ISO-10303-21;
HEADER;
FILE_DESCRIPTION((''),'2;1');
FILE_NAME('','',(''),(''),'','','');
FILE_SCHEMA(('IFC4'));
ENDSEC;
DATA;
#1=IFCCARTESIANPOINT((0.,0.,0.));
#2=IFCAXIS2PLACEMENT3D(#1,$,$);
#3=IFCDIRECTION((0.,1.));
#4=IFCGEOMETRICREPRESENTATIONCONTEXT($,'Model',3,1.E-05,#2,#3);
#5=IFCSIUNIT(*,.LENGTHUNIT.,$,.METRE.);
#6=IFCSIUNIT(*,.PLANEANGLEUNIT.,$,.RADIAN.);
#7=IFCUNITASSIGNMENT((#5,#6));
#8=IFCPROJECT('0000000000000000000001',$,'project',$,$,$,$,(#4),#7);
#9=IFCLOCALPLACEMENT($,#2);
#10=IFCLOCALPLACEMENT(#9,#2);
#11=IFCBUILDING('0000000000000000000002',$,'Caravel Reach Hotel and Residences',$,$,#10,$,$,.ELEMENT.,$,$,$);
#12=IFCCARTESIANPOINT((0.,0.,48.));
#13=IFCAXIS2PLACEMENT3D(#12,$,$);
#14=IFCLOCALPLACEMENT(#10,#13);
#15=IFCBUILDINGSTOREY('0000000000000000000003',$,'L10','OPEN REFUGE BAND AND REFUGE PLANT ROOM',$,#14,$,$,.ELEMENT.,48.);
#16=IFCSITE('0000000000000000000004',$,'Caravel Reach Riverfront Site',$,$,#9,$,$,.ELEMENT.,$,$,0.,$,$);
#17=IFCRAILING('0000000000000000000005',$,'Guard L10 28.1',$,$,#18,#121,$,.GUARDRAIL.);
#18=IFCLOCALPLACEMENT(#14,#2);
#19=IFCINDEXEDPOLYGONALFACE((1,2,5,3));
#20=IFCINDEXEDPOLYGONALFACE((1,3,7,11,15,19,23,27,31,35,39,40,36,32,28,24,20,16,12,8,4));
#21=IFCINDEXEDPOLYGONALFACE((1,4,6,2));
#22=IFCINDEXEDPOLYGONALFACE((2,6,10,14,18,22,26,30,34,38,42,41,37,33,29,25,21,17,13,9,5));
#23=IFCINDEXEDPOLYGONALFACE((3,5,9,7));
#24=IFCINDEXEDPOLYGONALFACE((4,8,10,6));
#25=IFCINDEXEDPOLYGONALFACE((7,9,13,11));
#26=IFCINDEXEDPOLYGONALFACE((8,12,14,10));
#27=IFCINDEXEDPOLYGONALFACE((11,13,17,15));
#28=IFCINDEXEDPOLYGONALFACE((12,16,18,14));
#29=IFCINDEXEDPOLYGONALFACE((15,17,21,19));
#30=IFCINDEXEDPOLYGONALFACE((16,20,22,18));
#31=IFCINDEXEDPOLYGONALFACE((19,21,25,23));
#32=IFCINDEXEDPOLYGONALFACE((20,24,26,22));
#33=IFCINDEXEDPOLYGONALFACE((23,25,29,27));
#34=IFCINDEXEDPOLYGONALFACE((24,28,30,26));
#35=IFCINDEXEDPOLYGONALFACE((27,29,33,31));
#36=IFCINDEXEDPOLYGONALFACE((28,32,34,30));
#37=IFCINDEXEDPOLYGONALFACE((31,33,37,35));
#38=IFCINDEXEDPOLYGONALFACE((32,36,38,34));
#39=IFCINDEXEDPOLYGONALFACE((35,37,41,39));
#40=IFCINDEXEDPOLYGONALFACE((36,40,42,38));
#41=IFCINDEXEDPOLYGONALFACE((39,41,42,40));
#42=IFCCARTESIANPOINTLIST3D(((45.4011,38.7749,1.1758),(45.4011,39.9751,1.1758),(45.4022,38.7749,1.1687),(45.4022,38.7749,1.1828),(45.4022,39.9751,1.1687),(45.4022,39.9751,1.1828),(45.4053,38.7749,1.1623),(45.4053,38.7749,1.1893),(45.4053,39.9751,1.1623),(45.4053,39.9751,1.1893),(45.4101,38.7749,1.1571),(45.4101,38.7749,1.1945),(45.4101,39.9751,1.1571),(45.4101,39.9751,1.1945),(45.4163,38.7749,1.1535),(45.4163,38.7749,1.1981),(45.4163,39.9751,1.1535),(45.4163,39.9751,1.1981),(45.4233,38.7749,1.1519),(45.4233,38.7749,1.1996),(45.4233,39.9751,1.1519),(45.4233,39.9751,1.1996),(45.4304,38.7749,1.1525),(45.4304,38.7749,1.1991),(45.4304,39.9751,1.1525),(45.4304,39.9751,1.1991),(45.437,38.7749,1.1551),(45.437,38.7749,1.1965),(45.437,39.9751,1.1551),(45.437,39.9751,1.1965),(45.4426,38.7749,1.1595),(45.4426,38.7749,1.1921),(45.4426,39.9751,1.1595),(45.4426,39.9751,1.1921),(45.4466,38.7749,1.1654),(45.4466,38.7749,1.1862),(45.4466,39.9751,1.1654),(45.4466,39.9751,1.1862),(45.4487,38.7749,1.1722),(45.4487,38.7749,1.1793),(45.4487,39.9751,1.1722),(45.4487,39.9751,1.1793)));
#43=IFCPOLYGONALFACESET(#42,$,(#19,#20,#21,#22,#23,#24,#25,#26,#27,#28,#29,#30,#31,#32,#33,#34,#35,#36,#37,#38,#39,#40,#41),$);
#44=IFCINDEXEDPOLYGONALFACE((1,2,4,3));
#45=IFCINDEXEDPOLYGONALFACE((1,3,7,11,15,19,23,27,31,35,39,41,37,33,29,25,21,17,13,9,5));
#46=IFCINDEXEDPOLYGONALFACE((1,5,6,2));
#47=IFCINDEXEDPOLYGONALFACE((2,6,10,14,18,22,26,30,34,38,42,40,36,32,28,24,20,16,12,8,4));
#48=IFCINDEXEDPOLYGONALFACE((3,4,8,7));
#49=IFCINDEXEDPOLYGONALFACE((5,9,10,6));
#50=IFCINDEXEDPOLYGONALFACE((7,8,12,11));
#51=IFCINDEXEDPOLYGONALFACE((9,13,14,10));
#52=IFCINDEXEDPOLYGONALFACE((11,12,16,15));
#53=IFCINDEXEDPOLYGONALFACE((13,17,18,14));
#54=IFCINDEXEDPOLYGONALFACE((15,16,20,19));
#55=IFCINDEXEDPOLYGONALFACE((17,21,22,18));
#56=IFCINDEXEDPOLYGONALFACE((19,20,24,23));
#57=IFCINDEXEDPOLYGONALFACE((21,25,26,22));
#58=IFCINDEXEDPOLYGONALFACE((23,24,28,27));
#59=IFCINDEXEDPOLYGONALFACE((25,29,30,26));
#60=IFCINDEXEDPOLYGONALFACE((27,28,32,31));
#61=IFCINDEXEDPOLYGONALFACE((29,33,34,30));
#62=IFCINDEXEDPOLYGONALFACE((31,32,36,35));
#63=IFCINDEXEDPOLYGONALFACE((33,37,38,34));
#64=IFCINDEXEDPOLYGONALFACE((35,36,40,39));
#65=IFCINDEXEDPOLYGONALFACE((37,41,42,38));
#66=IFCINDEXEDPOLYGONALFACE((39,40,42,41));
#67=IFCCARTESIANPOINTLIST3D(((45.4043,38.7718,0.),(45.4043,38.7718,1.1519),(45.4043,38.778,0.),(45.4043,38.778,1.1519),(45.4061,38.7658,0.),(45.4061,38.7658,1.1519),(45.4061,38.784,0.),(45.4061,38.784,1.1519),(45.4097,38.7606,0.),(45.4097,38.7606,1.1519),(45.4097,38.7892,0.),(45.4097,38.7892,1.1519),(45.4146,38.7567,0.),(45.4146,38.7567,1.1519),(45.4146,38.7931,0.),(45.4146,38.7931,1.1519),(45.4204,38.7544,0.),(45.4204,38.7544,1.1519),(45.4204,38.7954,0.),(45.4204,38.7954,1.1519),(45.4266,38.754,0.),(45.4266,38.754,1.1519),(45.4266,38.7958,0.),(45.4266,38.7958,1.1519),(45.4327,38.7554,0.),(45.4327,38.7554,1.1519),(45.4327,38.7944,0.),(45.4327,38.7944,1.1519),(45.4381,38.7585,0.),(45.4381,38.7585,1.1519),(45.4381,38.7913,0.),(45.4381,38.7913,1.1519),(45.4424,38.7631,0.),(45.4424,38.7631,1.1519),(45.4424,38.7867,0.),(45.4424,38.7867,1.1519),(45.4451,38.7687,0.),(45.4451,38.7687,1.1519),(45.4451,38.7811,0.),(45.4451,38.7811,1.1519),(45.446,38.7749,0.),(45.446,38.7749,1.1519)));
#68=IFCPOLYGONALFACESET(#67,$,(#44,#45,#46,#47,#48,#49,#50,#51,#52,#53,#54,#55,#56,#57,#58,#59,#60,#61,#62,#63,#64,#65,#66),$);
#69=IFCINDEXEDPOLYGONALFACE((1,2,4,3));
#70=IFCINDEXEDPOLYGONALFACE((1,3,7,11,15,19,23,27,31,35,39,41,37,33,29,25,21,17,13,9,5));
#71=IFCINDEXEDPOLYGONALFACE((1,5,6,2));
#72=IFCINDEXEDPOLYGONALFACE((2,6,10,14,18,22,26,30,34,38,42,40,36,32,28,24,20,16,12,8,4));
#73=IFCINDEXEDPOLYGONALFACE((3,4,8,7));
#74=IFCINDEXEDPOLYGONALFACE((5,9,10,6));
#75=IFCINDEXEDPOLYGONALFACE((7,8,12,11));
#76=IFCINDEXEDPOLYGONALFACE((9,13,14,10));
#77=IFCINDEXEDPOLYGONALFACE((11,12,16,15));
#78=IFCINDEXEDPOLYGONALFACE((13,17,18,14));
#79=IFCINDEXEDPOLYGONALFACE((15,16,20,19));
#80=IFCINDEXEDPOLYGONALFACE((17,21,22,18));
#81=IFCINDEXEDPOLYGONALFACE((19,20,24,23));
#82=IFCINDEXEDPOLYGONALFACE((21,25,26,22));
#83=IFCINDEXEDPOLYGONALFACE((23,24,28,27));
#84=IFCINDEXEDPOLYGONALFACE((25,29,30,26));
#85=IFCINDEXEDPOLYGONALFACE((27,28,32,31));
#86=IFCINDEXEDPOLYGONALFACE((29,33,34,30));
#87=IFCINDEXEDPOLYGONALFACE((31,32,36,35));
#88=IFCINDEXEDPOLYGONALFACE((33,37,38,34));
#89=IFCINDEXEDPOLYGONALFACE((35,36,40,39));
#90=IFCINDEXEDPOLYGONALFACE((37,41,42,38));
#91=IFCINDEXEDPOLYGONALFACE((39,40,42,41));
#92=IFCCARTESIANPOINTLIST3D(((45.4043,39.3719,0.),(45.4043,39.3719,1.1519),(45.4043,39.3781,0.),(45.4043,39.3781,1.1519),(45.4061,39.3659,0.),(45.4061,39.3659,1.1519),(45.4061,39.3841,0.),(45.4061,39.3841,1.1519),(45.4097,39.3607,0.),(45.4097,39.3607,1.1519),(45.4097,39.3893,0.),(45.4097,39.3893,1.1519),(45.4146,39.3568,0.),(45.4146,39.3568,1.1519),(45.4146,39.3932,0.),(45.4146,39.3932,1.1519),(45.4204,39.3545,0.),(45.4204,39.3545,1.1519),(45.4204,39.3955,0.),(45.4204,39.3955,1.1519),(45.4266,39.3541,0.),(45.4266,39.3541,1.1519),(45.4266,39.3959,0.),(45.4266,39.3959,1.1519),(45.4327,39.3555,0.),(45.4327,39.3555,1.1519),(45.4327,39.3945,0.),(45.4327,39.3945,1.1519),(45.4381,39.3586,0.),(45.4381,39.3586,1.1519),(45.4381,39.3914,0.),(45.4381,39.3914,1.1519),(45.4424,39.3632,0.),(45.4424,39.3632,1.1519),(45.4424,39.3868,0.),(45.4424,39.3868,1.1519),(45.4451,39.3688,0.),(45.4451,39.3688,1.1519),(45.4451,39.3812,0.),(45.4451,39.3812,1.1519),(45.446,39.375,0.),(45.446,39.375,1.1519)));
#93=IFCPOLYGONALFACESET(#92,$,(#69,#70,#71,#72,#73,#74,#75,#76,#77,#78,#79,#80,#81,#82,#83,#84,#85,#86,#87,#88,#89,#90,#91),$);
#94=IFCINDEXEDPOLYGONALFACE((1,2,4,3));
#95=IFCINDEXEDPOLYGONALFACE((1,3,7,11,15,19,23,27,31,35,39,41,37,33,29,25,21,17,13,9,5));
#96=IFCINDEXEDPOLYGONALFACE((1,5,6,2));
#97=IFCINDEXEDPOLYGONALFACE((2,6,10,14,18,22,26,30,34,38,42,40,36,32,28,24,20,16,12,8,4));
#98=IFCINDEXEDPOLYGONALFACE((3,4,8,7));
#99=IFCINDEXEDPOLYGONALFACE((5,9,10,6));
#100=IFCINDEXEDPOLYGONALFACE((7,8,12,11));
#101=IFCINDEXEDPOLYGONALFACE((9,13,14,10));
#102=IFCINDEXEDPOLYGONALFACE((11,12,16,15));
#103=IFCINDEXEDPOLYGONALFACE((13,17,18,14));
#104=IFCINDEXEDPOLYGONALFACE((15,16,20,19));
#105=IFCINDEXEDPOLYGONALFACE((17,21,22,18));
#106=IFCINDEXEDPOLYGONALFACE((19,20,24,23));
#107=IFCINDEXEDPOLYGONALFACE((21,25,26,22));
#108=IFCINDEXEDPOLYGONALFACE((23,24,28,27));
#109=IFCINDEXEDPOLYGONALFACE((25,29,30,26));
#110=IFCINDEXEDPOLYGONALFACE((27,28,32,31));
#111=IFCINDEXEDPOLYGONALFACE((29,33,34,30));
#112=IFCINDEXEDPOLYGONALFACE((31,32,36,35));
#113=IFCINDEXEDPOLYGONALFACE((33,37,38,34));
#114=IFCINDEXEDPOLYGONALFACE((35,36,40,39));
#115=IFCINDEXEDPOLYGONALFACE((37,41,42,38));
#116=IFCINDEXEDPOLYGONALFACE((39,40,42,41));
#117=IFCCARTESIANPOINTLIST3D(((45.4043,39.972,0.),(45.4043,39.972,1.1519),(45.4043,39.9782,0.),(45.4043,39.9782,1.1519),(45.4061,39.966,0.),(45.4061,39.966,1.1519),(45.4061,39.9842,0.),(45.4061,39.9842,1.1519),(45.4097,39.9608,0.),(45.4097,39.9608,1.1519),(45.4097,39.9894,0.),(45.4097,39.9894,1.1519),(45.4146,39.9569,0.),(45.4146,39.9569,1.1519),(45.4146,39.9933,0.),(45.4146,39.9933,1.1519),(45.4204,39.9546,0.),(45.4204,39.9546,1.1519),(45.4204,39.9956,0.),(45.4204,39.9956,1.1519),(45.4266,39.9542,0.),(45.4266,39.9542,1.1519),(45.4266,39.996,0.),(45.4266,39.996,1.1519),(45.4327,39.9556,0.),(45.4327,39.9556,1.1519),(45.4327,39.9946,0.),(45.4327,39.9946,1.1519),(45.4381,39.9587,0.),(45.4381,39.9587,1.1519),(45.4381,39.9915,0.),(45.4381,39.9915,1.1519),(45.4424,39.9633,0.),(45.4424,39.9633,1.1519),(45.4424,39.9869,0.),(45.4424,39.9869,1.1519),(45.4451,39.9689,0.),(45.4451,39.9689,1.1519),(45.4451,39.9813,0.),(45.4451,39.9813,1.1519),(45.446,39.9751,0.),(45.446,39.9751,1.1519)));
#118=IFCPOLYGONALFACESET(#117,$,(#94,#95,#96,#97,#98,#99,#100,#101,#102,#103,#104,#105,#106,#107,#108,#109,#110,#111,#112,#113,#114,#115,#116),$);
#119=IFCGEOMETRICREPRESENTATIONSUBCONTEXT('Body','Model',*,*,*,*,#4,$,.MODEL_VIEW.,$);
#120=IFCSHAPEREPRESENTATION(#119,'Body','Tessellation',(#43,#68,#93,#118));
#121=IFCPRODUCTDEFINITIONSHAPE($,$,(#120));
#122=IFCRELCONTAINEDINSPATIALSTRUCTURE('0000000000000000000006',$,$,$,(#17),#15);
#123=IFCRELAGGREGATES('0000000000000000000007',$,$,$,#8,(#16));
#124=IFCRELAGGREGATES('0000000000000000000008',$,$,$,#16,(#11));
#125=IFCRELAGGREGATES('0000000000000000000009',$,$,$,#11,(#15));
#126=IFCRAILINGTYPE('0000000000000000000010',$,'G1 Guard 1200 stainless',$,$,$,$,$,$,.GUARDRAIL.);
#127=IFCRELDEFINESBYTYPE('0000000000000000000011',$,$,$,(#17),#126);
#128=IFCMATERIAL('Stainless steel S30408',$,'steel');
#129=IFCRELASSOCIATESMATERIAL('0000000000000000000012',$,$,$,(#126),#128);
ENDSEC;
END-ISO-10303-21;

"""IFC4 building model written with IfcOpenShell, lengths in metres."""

from ifc_helpers import new_model, si_unit, direction, frame, origin, origin_2d, place, context, subcontext, project, spatial, circle, extrude, material, type_object, element, save


model = new_model("IFC4")

# Units and contexts
model_context = context("Model", 3, precision=1e-05, world=origin(), true_north=direction((0.0, 1.0)))
body_context = subcontext(model_context, "Body", "Model", "MODEL_VIEW")
ifc_project = project(units=[si_unit("LENGTHUNIT", "METRE"), si_unit("PLANEANGLEUNIT", "RADIAN")], contexts=[model_context])

# Site, building, storey
site_placement = place(None, origin())
site = spatial("IfcSite", under=ifc_project, at=site_placement, Name="Caravel Reach Riverfront Site", CompositionType="ELEMENT", RefElevation=0.0)
building_placement = place(site_placement, origin())
building = spatial("IfcBuilding", under=site, at=building_placement, Name="Caravel Reach Hotel and Residences", CompositionType="ELEMENT")
storey_placement = place(building_placement, frame((0.0, 0.0, 48.0)))
storey = spatial("IfcBuildingStorey", under=building, at=storey_placement, Name="L10", Description="OPEN REFUGE BAND AND REFUGE PLANT ROOM", CompositionType="ELEMENT", Elevation=48.0)

# Railing
ifc_material_1 = material(Name="Stainless steel S30408", Category="steel")
railing_type = type_object("IfcRailingType", Name="G1 Guard 1200 stainless", PredefinedType="GUARDRAIL", material=ifc_material_1)
railing_1_placement = place(storey_placement, frame((45.425, 38.7749, 0.0)))
element("IfcRailing", 1, at=railing_1_placement, inside=storey, type_object=railing_type, Name="Guard L10 28.1", PredefinedType="GUARDRAIL", context=body_context, shape_type="SweptSolid", body=[
    extrude(circle(Radius=0.0239, at=origin_2d()), frame((0.0, 0.0, 1.1758), z_axis=(0.0, 1.0, 0.0), x_axis=(-1.0, 0.0, 0.0)), (0.0, 0.0, 1.0), 1.2002),
    extrude(circle(Radius=0.021, at=origin_2d()), origin(), (0.0, 0.0, 1.0), 1.1519),
    extrude(circle(Radius=0.021, at=origin_2d()), frame((0.0, 0.6001, 0.0)), (0.0, 0.0, 1.0), 1.1519),
    extrude(circle(Radius=0.021, at=origin_2d()), frame((0.0, 1.2002, 0.0)), (0.0, 0.0, 1.0), 1.1519),
])

save(model, "model.ifc")
